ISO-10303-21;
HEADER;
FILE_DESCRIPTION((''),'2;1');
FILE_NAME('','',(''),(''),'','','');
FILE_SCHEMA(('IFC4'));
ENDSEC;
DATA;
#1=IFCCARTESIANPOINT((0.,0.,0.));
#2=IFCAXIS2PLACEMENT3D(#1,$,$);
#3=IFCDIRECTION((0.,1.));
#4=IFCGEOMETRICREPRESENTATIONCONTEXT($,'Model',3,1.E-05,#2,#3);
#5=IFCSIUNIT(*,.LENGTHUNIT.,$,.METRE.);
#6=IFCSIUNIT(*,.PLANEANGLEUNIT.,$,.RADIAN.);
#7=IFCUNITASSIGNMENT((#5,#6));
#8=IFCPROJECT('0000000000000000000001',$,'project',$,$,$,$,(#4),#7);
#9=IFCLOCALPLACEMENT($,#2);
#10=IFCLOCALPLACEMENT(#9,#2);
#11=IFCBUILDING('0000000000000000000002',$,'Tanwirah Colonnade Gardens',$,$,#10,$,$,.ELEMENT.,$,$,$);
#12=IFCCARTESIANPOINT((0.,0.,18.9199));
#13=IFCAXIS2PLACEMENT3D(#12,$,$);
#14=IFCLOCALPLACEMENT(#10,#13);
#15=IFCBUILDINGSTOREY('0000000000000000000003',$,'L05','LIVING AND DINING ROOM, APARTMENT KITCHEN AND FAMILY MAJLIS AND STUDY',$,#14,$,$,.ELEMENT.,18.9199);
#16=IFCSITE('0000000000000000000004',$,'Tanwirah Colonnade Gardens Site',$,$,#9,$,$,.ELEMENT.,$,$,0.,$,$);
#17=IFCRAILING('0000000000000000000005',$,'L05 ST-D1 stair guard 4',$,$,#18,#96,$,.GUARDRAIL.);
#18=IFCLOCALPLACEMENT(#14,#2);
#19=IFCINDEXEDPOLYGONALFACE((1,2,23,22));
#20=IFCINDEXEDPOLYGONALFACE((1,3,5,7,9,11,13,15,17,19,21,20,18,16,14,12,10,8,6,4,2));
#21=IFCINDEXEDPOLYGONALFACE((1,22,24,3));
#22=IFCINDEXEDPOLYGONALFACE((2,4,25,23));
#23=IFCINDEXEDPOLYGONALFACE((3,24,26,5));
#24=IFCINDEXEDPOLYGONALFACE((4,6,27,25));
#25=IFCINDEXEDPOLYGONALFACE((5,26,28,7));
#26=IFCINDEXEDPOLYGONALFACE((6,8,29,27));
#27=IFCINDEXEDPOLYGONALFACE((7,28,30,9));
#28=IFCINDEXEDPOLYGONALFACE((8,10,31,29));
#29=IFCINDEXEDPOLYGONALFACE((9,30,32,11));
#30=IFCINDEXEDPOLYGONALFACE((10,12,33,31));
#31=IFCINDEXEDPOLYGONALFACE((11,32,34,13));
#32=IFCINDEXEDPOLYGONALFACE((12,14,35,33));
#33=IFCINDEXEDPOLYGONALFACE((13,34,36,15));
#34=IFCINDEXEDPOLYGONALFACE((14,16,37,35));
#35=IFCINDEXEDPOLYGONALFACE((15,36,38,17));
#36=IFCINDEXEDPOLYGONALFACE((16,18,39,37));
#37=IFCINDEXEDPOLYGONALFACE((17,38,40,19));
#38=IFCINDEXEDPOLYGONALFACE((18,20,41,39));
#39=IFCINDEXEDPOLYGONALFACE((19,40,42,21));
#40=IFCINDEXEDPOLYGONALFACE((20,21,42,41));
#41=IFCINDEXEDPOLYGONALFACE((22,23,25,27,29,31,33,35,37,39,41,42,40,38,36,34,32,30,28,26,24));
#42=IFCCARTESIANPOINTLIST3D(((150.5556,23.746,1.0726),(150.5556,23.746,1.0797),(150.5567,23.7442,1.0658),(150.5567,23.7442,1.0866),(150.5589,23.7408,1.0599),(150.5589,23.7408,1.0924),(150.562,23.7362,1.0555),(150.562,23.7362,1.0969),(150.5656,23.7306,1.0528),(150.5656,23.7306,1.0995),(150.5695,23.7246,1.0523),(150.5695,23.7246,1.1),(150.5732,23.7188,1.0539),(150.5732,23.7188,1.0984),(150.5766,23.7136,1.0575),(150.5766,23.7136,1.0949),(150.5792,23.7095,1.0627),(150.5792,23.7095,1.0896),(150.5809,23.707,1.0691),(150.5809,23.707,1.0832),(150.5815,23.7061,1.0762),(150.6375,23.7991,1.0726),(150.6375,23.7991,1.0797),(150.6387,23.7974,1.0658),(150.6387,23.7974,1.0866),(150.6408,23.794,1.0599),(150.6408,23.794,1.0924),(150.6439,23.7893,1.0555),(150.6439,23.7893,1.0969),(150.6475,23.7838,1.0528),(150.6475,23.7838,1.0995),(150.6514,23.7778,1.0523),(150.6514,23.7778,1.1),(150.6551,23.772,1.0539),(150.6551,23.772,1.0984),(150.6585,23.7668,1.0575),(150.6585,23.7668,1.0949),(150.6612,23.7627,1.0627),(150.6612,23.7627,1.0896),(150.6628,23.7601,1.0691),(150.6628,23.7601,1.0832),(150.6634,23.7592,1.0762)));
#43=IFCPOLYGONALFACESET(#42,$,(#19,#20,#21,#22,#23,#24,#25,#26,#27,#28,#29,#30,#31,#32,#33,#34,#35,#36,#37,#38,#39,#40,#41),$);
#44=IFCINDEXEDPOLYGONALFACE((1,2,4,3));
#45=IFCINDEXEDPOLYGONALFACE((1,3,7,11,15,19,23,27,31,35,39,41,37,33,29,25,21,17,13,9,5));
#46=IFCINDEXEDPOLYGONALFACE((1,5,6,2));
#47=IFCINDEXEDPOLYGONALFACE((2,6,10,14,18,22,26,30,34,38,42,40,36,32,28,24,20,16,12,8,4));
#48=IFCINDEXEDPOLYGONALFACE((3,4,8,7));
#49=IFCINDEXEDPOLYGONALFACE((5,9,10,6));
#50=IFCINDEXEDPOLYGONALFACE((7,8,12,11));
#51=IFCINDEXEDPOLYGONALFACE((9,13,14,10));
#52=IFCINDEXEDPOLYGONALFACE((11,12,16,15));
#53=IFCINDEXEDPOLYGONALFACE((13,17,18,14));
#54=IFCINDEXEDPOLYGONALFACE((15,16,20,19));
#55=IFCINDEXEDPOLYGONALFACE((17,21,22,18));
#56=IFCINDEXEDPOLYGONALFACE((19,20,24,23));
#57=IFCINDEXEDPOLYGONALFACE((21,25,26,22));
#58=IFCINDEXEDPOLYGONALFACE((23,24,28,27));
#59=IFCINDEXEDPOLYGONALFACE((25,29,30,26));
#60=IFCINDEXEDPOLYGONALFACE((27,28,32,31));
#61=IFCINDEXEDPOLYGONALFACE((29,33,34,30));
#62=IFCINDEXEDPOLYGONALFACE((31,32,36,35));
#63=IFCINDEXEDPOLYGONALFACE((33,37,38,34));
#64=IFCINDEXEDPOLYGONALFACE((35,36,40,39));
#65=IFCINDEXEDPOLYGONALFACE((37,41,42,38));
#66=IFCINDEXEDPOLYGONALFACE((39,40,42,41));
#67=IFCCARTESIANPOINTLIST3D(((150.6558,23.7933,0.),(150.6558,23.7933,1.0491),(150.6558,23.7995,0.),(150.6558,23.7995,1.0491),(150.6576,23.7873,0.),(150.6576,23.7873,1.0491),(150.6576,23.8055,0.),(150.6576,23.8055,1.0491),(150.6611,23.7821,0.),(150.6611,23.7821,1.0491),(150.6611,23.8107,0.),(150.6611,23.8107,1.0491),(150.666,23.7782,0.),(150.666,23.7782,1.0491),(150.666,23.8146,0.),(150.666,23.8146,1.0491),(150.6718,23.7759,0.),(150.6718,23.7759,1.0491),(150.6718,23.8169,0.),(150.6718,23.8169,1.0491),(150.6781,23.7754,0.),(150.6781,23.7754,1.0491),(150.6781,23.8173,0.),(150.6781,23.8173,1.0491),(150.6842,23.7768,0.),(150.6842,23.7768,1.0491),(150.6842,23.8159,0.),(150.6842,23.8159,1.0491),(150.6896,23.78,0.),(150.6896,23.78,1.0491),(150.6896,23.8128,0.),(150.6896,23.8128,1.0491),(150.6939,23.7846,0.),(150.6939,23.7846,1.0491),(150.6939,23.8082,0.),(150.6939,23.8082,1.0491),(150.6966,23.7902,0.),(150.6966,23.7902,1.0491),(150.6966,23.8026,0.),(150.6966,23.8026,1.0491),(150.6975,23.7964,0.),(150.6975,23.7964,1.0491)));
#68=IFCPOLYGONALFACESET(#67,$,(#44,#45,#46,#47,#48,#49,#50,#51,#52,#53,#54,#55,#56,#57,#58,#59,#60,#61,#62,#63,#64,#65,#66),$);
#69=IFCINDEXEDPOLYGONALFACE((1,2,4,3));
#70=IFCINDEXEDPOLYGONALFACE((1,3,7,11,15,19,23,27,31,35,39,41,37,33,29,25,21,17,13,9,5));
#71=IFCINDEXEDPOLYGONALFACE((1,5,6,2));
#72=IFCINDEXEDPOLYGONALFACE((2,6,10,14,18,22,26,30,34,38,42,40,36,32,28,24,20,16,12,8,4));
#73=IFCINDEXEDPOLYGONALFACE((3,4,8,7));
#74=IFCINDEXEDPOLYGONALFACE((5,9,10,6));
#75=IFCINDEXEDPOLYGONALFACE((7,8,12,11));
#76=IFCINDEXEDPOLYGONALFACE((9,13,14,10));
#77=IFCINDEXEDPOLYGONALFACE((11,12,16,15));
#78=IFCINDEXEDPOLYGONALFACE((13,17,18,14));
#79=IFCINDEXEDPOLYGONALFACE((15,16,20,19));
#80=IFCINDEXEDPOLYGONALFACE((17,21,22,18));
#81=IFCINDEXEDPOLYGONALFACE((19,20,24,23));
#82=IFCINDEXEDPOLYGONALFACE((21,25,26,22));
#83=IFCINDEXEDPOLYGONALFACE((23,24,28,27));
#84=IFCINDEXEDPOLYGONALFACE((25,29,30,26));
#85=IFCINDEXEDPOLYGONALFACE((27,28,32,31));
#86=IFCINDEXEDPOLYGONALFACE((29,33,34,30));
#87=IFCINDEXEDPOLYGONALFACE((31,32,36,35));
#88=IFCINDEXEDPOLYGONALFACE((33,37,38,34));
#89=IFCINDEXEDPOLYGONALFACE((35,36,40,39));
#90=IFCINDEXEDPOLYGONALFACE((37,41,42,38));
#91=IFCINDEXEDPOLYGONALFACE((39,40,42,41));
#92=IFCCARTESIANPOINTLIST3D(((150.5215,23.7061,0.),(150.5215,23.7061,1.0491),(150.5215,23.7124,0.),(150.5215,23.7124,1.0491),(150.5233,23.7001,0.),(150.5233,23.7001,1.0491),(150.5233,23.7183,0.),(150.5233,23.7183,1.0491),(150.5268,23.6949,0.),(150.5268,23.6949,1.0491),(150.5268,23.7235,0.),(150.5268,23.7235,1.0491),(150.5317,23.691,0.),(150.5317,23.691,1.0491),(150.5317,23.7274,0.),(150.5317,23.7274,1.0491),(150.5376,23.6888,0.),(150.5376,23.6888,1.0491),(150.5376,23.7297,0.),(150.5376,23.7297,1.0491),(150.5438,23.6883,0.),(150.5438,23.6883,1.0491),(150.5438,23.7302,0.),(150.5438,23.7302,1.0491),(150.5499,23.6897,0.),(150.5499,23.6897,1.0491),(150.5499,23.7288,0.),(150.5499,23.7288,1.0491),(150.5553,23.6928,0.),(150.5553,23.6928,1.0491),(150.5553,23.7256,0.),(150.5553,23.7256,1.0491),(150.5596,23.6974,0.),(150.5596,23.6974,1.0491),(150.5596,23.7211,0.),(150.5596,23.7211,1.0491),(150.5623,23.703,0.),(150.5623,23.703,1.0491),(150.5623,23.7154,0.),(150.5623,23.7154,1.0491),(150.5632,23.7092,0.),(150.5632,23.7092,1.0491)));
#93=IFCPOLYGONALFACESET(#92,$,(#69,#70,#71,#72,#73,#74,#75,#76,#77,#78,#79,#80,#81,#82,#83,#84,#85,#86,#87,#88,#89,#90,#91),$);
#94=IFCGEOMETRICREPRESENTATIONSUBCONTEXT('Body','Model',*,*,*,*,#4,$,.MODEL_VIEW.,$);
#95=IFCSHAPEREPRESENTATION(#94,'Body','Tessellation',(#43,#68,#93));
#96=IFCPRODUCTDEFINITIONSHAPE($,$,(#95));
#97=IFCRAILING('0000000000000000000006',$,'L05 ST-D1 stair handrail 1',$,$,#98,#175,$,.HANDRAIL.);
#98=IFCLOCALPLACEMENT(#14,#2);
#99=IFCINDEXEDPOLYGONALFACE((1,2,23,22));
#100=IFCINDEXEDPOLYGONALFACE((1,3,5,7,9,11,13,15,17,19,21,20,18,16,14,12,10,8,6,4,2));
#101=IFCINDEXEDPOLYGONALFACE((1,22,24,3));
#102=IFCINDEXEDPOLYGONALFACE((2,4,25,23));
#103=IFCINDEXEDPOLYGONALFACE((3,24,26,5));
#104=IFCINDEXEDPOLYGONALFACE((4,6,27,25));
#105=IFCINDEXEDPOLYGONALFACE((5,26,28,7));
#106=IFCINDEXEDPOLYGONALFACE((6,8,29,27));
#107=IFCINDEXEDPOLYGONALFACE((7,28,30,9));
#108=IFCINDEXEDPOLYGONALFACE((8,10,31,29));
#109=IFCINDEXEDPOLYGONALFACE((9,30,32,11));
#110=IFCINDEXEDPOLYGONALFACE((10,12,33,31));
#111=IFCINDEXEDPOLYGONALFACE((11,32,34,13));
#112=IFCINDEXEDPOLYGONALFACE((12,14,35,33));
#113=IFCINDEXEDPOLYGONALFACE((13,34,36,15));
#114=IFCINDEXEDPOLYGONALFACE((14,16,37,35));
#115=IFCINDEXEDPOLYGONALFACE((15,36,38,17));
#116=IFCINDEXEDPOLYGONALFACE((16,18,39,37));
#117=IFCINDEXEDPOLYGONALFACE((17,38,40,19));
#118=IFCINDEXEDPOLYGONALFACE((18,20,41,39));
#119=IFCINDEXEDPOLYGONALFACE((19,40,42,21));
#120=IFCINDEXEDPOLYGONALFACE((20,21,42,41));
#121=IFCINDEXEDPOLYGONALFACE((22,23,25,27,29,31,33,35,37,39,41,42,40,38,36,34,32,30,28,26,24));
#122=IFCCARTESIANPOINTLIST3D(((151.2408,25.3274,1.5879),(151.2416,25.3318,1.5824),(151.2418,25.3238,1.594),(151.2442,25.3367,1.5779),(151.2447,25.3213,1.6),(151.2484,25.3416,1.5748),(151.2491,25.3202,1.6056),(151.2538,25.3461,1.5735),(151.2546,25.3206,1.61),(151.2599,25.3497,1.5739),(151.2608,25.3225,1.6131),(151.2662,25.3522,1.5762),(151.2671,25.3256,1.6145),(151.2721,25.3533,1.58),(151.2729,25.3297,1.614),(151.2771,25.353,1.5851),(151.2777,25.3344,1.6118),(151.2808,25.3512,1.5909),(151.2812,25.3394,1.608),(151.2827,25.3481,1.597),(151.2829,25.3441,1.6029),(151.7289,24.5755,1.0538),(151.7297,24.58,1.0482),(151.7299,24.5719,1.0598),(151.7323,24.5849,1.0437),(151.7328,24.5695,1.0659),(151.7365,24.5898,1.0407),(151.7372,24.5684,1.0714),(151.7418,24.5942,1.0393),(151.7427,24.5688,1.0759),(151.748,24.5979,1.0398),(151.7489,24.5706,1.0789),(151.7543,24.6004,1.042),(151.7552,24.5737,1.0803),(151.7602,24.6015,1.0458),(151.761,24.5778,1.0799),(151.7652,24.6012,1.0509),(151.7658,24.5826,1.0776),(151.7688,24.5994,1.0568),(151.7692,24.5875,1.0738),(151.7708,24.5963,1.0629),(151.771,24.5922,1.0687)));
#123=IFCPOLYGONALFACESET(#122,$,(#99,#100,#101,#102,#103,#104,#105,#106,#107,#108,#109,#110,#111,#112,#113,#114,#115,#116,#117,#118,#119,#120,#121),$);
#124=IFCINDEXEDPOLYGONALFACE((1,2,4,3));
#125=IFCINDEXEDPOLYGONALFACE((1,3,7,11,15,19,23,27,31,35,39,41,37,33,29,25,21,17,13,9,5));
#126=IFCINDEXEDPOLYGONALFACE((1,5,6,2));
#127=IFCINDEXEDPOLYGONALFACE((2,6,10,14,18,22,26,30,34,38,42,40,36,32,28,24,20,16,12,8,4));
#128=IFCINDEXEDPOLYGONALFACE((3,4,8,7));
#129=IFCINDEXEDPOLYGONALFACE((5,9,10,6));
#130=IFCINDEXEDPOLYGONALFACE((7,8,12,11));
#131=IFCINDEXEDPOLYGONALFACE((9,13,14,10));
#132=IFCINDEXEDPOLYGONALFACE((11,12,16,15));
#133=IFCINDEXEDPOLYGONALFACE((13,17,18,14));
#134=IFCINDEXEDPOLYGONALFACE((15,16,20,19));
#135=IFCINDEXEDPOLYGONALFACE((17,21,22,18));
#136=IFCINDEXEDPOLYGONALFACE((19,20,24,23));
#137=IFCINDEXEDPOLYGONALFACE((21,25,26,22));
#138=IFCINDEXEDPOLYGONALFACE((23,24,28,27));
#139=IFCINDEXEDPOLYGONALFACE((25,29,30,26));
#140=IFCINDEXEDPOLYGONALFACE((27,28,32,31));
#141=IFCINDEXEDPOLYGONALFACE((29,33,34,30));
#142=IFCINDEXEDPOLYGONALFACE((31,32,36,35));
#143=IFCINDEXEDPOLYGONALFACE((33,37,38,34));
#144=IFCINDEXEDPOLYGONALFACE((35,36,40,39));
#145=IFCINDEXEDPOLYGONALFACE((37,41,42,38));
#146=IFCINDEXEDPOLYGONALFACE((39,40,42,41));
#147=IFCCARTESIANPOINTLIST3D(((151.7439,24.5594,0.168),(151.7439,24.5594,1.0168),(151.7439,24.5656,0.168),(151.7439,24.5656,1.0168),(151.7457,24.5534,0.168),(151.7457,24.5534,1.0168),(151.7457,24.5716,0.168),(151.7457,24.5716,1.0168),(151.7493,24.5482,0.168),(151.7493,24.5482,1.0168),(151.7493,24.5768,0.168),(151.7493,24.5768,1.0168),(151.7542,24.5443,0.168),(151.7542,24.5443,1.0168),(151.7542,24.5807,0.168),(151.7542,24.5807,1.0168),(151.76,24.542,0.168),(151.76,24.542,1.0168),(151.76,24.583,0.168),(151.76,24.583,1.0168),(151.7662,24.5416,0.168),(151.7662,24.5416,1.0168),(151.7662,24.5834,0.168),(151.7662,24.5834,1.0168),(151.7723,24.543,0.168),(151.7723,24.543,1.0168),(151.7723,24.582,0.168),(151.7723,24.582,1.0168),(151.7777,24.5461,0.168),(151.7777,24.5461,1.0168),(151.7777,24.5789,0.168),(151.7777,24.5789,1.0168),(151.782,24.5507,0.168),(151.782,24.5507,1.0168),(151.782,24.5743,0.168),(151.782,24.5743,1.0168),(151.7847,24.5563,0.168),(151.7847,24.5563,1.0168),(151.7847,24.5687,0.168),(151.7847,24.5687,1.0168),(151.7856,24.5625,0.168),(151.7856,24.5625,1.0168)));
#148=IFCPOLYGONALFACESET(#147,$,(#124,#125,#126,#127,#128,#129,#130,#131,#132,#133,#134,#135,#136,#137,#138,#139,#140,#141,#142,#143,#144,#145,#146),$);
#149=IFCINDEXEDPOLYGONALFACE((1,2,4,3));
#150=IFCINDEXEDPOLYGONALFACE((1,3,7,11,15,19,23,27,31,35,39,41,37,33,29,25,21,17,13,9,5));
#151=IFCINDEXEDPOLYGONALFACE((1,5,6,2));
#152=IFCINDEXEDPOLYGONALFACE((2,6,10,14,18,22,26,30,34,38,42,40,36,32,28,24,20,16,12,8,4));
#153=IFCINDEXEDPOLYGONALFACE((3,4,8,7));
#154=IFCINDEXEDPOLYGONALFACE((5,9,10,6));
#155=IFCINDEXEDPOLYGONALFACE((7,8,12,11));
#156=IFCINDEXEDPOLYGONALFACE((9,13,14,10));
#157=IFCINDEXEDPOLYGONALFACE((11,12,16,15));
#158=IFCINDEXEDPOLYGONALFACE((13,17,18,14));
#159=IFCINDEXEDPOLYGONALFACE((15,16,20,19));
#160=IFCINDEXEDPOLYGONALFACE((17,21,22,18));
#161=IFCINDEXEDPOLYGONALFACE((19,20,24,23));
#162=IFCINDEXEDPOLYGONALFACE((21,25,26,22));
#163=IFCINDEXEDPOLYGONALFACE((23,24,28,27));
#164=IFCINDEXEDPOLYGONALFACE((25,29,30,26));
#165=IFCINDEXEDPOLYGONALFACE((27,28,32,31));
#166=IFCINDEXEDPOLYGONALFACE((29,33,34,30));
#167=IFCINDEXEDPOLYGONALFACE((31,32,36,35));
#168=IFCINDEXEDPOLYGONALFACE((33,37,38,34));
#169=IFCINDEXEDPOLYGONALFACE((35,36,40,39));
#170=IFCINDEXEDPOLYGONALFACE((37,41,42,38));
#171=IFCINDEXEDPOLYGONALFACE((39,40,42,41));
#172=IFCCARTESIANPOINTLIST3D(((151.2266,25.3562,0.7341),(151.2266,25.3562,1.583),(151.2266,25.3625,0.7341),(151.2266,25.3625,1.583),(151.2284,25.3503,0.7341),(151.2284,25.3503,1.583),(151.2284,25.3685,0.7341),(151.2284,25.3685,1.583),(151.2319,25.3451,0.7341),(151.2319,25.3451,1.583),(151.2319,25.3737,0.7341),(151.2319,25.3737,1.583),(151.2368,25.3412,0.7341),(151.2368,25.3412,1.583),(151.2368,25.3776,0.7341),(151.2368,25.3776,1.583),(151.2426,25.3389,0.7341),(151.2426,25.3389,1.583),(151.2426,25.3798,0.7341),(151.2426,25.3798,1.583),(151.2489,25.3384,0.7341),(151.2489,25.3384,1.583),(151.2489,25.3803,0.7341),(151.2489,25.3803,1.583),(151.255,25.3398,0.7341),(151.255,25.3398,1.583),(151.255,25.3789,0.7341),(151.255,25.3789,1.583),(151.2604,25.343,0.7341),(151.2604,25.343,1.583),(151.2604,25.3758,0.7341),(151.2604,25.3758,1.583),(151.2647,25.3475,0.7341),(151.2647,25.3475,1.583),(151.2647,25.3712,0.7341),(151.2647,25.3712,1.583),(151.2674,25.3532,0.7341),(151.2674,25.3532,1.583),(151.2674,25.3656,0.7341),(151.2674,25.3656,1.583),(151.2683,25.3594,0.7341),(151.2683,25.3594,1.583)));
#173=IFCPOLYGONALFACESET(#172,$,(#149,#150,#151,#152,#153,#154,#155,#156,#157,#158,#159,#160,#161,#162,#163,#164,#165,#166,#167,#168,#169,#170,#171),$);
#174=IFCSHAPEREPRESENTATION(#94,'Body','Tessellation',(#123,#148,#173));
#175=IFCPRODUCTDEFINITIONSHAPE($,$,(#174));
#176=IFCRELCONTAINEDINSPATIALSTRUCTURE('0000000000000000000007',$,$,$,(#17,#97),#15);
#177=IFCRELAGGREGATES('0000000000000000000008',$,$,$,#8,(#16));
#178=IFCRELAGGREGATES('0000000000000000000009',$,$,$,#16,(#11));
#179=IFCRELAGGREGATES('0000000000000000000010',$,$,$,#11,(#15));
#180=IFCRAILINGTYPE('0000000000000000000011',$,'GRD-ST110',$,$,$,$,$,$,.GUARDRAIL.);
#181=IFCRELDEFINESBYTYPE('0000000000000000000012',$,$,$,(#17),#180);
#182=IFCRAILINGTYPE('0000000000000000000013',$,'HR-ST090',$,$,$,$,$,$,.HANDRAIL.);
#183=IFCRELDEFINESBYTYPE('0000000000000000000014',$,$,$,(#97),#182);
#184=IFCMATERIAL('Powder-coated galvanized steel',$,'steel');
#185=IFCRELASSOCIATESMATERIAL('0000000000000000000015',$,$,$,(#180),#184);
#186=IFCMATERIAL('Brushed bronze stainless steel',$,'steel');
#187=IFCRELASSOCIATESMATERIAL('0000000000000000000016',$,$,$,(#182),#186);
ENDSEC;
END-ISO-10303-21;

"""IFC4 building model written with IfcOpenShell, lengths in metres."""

from ifc_helpers import new_model, si_unit, direction, frame, origin, origin_2d, place, context, subcontext, project, spatial, circle, extrude, material, type_object, element, save


model = new_model("IFC4")

# Units and contexts
model_context = context("Model", 3, precision=1e-05, world=origin(), true_north=direction((0.0, 1.0)))
body_context = subcontext(model_context, "Body", "Model", "MODEL_VIEW")
ifc_project = project(units=[si_unit("LENGTHUNIT", "METRE"), si_unit("PLANEANGLEUNIT", "RADIAN")], contexts=[model_context])

# Site, building, storey
site_placement = place(None, origin())
site = spatial("IfcSite", under=ifc_project, at=site_placement, Name="Tanwirah Colonnade Gardens Site", CompositionType="ELEMENT", RefElevation=0.0)
building_placement = place(site_placement, origin())
building = spatial("IfcBuilding", under=site, at=building_placement, Name="Tanwirah Colonnade Gardens", CompositionType="ELEMENT")
storey_placement = place(building_placement, frame((0.0, 0.0, 18.9199)))
storey = spatial("IfcBuildingStorey", under=building, at=storey_placement, Name="L05", Description="LIVING AND DINING ROOM, APARTMENT KITCHEN AND FAMILY MAJLIS AND STUDY", CompositionType="ELEMENT", Elevation=18.9199)

# Railings
ifc_material_1 = material(Name="Powder-coated galvanized steel", Category="steel")
railing_type_1 = type_object("IfcRailingType", Name="GRD-ST110", PredefinedType="GUARDRAIL", material=ifc_material_1)
railing_1_placement = place(storey_placement, frame((150.6765, 23.7964, 0.0)))
element("IfcRailing", 1, at=railing_1_placement, inside=storey, type_object=railing_type_1, Name="L05 ST-D1 stair guard 4", PredefinedType="GUARDRAIL", context=body_context, shape_type="SweptSolid", body=[
    extrude(circle(Radius=0.0239, at=origin_2d()), frame((-0.0261, -0.0171, 1.0762), z_axis=(-0.838792, -0.544452, 0.0), x_axis=(0.544452, -0.838792, 0.0)), (0.0, 0.0, 1.0), 0.0977),
    extrude(circle(Radius=0.021, at=origin_2d()), origin(), (0.0, 0.0, 1.0), 1.0491),
    extrude(circle(Radius=0.021, at=origin_2d()), frame((-0.1343, -0.0872, 0.0)), (0.0, 0.0, 1.0), 1.0491),
])
ifc_material_2 = material(Name="Brushed bronze stainless steel", Category="steel")
railing_type_2 = type_object("IfcRailingType", Name="HR-ST090", PredefinedType="HANDRAIL", material=ifc_material_2)
railing_2_placement = place(storey_placement, frame((151.7646, 24.5625, 0.168)))
element("IfcRailing", 2, at=railing_2_placement, inside=storey, type_object=railing_type_2, Name="L05 ST-D1 stair handrail 1", PredefinedType="HANDRAIL", context=body_context, shape_type="SweptSolid", body=[
    extrude(circle(Radius=0.0239, at=origin_2d()), frame((-0.0146, 0.0225, 0.8918), z_axis=(-0.467762, 0.720517, 0.511912), x_axis=(-0.838749, -0.544519, 0.0)), (0.0, 0.0, 1.0), 1.0435),
    extrude(circle(Radius=0.021, at=origin_2d()), origin(), (0.0, 0.0, 1.0), 0.8489),
    extrude(circle(Radius=0.021, at=origin_2d()), frame((-0.5173, 0.7969, 0.5662)), (0.0, 0.0, 1.0), 0.8489),
])

save(model, "model.ifc")
